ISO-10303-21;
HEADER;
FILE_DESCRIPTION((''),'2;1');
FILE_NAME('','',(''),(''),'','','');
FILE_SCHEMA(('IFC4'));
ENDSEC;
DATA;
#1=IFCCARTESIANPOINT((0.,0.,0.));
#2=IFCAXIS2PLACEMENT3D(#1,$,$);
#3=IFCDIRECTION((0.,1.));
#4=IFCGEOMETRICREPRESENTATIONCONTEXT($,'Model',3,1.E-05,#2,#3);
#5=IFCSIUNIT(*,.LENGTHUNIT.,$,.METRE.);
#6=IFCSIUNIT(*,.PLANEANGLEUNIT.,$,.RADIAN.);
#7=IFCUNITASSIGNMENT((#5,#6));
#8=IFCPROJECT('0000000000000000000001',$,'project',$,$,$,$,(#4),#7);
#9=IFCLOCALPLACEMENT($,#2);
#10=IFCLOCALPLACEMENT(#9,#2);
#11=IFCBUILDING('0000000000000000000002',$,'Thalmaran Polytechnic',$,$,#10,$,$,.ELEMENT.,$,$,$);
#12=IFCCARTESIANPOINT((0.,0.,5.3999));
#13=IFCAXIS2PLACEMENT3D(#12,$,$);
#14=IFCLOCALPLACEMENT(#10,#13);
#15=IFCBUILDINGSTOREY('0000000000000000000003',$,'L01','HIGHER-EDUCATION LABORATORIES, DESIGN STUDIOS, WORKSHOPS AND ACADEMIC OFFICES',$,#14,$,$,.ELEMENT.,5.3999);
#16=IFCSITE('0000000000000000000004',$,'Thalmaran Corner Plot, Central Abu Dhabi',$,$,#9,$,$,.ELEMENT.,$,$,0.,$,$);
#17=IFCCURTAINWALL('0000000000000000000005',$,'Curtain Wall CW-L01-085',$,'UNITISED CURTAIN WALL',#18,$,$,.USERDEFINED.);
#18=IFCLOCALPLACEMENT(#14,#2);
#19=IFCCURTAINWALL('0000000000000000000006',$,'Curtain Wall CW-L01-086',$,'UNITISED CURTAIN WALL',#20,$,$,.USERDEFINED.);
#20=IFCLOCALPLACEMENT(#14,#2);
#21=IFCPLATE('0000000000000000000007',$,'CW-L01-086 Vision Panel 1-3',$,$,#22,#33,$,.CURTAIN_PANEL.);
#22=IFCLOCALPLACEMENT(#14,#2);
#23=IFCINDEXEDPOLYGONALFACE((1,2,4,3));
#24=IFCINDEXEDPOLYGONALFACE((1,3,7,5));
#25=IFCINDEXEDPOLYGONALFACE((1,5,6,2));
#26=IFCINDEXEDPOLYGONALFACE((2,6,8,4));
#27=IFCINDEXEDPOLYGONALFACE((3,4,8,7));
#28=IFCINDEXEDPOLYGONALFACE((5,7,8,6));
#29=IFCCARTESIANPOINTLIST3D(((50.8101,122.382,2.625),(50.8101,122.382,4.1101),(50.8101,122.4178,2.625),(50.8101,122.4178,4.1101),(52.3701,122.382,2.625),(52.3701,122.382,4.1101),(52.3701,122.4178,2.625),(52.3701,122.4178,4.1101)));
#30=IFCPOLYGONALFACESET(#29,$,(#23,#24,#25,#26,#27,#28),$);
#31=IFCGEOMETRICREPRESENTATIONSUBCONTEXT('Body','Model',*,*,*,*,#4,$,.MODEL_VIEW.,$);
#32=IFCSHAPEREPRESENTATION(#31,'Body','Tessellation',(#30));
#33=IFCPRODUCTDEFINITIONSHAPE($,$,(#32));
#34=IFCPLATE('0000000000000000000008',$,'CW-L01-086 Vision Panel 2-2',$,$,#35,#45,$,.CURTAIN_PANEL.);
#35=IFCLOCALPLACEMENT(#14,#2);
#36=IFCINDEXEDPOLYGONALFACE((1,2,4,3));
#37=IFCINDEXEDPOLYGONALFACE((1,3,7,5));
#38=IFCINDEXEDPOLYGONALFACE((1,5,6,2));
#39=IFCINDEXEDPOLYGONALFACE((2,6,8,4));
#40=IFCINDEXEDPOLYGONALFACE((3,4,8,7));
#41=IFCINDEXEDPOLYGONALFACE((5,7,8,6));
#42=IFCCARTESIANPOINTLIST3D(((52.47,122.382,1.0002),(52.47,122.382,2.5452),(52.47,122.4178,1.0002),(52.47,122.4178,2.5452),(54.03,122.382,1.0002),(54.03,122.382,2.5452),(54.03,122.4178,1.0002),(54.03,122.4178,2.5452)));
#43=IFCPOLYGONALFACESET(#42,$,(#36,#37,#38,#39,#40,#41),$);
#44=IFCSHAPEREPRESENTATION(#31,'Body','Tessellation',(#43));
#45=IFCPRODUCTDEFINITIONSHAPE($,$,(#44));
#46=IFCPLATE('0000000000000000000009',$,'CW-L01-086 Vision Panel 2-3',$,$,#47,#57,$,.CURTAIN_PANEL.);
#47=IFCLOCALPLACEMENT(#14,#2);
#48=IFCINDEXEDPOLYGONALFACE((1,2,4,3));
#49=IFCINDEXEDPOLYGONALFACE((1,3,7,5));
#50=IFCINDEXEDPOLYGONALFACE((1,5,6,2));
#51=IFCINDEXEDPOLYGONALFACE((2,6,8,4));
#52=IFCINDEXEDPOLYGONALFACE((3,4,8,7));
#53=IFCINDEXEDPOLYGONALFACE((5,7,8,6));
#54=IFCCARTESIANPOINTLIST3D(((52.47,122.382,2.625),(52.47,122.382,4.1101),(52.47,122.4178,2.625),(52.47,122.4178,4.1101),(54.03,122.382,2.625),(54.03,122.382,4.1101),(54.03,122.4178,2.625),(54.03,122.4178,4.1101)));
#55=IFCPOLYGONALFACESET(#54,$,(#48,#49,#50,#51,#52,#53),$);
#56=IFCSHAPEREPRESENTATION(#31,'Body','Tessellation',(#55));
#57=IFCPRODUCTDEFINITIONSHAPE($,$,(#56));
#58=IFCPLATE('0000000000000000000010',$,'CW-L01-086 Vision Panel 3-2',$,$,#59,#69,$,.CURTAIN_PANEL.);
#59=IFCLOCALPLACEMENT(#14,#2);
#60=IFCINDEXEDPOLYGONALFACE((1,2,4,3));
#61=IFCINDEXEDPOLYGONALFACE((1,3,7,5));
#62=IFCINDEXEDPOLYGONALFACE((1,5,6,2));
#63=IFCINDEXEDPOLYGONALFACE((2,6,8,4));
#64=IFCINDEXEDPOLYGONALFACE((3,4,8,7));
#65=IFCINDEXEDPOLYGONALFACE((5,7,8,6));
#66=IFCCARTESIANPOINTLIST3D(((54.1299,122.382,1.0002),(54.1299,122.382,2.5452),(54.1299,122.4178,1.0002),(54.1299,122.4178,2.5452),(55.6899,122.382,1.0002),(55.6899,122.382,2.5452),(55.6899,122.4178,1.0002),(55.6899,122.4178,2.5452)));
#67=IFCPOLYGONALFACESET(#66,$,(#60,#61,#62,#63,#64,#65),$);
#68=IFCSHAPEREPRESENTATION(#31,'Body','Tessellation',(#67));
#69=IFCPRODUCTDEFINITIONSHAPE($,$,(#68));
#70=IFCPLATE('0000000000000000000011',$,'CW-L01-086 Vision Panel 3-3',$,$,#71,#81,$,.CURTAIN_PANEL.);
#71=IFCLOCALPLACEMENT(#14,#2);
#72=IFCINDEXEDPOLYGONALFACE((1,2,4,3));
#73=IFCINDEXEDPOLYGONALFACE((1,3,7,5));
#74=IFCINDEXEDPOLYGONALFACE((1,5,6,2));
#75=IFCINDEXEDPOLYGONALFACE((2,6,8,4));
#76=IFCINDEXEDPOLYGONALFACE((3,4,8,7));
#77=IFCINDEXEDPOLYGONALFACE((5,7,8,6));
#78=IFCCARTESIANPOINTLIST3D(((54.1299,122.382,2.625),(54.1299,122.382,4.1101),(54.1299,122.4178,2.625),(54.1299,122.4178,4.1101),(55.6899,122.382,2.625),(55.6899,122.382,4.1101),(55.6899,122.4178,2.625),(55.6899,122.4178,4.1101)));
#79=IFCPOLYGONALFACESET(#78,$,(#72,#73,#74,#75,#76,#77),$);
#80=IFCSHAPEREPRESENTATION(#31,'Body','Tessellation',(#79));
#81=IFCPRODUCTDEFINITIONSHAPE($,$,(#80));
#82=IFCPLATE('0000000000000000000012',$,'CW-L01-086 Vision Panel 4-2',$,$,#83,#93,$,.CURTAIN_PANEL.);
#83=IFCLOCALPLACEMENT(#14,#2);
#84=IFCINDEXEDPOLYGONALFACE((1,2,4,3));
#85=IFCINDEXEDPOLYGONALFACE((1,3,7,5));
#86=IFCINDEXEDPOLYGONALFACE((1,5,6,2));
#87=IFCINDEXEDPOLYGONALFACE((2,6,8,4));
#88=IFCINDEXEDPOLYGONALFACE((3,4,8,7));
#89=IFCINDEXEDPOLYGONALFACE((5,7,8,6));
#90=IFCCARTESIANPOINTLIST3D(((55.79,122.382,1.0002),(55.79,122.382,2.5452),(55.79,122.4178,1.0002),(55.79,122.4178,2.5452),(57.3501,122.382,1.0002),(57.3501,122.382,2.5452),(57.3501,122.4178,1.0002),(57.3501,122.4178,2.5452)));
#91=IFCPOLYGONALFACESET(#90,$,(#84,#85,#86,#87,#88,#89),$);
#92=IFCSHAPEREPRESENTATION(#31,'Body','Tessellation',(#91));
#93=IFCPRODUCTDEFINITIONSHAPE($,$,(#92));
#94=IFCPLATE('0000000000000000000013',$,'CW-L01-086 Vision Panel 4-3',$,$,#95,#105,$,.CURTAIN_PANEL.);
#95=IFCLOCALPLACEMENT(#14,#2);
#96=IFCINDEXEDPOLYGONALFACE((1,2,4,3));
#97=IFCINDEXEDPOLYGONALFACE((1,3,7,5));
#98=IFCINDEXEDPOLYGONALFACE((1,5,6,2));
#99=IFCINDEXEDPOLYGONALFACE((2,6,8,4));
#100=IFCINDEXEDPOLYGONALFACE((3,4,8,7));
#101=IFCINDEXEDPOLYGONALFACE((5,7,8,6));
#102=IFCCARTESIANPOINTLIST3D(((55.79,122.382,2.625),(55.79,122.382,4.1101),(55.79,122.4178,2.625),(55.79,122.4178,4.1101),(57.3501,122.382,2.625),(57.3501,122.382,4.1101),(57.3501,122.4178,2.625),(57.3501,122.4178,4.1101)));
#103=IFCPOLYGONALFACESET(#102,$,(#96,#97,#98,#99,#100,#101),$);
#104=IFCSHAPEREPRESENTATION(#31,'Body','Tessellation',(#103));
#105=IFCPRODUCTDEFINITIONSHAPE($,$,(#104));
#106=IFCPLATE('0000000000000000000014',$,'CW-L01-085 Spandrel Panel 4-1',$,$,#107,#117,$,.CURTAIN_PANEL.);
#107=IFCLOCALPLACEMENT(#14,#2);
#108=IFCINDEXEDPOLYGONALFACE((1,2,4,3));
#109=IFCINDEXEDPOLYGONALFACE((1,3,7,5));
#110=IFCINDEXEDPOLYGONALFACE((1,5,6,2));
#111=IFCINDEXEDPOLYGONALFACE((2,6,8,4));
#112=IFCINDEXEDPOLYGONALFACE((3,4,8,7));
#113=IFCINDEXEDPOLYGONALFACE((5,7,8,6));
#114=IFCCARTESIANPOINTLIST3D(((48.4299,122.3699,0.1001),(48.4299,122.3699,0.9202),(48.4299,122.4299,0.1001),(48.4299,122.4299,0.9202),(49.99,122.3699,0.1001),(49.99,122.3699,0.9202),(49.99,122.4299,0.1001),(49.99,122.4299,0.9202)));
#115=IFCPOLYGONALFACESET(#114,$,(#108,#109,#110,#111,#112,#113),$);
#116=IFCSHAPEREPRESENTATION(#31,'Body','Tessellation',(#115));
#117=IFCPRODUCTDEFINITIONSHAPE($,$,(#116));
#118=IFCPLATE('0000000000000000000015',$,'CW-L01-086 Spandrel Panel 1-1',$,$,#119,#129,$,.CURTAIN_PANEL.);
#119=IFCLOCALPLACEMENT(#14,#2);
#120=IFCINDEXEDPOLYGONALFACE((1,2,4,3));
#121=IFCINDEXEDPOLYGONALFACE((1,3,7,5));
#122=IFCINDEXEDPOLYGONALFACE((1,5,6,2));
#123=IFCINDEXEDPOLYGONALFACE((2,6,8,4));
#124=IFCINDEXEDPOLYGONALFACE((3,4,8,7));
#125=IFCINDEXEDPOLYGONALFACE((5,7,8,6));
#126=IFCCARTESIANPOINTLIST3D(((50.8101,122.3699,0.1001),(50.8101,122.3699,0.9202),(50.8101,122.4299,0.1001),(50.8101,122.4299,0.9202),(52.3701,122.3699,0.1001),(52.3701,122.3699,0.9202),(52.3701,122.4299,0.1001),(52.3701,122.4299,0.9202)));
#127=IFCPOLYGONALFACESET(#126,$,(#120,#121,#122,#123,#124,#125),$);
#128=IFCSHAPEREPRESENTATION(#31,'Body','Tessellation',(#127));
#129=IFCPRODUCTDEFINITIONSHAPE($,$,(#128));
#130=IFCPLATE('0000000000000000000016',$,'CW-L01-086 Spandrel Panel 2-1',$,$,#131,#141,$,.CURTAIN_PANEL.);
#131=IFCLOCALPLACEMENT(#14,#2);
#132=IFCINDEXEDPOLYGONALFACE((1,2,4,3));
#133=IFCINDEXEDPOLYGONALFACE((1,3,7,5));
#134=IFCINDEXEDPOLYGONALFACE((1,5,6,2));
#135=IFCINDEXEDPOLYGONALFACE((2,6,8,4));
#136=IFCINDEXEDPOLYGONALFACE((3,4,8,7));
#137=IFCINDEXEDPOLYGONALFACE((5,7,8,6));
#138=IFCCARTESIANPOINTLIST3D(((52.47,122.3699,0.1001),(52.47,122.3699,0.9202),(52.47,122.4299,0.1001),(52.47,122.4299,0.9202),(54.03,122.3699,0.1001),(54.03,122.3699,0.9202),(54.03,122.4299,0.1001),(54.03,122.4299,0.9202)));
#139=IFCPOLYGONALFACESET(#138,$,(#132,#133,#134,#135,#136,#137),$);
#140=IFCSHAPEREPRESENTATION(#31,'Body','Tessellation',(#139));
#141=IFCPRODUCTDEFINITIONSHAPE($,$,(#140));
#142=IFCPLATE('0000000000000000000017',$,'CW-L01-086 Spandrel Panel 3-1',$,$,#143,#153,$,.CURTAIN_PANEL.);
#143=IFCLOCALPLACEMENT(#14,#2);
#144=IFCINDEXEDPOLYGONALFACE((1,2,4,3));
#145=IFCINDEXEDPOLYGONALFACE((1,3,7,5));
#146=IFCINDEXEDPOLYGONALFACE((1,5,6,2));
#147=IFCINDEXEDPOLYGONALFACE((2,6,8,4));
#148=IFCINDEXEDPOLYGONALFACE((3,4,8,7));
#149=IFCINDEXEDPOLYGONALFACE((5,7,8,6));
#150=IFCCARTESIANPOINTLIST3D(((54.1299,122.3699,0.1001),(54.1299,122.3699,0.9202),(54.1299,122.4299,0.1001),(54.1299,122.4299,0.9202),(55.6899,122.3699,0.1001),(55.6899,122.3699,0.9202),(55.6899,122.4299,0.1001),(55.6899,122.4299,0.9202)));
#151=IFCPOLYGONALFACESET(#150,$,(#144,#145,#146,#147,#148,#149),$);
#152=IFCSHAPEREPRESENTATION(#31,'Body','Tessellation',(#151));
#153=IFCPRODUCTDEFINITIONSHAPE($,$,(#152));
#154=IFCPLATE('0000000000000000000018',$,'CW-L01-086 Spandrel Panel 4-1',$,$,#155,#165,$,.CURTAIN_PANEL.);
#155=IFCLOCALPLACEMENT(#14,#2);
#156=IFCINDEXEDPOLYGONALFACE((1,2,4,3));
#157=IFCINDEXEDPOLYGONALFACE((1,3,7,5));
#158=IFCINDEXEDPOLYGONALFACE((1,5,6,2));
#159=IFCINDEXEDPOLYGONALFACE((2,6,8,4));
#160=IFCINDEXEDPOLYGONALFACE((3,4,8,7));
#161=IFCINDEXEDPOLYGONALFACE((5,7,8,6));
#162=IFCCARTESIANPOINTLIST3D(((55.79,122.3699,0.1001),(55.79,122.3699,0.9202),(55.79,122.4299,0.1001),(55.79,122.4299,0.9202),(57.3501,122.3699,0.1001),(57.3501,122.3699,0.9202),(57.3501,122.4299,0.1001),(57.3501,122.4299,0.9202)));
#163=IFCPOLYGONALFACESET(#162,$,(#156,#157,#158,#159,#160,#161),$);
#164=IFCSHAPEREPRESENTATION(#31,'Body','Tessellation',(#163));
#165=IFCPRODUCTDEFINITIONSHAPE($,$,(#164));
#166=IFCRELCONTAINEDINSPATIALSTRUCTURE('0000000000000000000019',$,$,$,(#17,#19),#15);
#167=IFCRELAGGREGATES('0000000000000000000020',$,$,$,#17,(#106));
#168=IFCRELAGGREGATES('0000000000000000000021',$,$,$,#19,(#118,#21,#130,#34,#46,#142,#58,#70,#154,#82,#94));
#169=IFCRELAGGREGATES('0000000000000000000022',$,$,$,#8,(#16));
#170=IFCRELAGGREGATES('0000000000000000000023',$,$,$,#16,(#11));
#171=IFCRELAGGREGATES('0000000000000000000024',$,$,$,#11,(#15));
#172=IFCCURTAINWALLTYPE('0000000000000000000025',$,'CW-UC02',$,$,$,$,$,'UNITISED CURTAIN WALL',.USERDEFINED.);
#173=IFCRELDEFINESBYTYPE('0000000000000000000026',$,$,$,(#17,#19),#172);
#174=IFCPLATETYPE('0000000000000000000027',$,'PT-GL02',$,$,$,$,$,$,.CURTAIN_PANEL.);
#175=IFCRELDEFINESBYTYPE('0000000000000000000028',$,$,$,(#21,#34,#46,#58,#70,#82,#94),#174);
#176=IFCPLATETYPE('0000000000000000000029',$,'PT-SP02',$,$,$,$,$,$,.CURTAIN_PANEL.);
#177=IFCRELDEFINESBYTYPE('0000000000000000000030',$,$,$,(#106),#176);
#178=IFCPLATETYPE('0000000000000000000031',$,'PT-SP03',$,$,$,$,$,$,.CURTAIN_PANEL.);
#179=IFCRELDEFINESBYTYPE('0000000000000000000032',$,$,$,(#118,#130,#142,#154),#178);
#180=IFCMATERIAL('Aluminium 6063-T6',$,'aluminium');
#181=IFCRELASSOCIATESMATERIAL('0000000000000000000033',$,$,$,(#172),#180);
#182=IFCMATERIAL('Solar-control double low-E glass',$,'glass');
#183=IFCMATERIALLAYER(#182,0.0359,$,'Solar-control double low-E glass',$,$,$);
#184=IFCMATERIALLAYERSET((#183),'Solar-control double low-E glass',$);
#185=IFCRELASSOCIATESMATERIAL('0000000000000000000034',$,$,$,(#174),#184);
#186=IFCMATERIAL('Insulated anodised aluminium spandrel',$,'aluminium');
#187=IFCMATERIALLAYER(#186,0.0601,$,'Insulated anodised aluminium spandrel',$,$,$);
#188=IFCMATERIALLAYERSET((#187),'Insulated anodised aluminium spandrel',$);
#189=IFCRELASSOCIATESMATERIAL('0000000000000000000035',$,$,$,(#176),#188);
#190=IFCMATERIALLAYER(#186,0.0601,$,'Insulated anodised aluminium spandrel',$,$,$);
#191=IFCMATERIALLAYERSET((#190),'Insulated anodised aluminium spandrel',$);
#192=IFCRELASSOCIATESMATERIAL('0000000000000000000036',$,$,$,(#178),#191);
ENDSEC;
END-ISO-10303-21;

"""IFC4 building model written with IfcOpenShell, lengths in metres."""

from ifc_helpers import new_model, si_unit, direction, frame, origin, origin_2d, place, context, subcontext, project, spatial, rectangle, extrude, material, layer, layer_set, type_object, element, aggregate, save


model = new_model("IFC4")

# Units and contexts
model_context = context("Model", 3, precision=1e-05, world=origin(), true_north=direction((0.0, 1.0)))
body_context = subcontext(model_context, "Body", "Model", "MODEL_VIEW")
ifc_project = project(units=[si_unit("LENGTHUNIT", "METRE"), si_unit("PLANEANGLEUNIT", "RADIAN")], contexts=[model_context])

# Site, building, storey
site_placement = place(None, origin())
site = spatial("IfcSite", under=ifc_project, at=site_placement, Name="Thalmaran Corner Plot, Central Abu Dhabi", CompositionType="ELEMENT", RefElevation=0.0)
building_placement = place(site_placement, origin())
building = spatial("IfcBuilding", under=site, at=building_placement, Name="Thalmaran Polytechnic", CompositionType="ELEMENT")
storey_placement = place(building_placement, frame((0.0, 0.0, 5.3999)))
storey = spatial("IfcBuildingStorey", under=building, at=storey_placement, Name="L01", Description="HIGHER-EDUCATION LABORATORIES, DESIGN STUDIOS, WORKSHOPS AND ACADEMIC OFFICES", CompositionType="ELEMENT", Elevation=5.3999)

# Curtain walls
ifc_material_1 = material(Name="Aluminium 6063-T6", Category="aluminium")
curtain_wall_type = type_object("IfcCurtainWallType", Name="CW-UC02", ElementType="UNITISED CURTAIN WALL", PredefinedType="USERDEFINED", material=ifc_material_1)
curtain_wall_1_placement = place(storey_placement, origin())
curtain_wall_1 = element("IfcCurtainWall", 1, at=curtain_wall_1_placement, inside=storey, type_object=curtain_wall_type, Name="Curtain Wall CW-L01-085", ObjectType="UNITISED CURTAIN WALL", PredefinedType="USERDEFINED")
curtain_wall_2_placement = place(storey_placement, origin())
curtain_wall_2 = element("IfcCurtainWall", 2, at=curtain_wall_2_placement, inside=storey, type_object=curtain_wall_type, Name="Curtain Wall CW-L01-086", ObjectType="UNITISED CURTAIN WALL", PredefinedType="USERDEFINED")

# Plates
ifc_material_2 = material(Name="Solar-control double low-E glass", Category="glass")
ifc_layer_1 = layer(ifc_material_2, 0.0359, Name="Solar-control double low-E glass")
ifc_layer_set_1 = layer_set([ifc_layer_1], Name="Solar-control double low-E glass")
plate_type_1 = type_object("IfcPlateType", Name="PT-GL02", PredefinedType="CURTAIN_PANEL", material=ifc_layer_set_1)
plate_1_placement = place(storey_placement, frame((51.5901, 122.3999, 2.625), z_axis=(0.0, 0.0, 1.0), x_axis=(1.0, 0.0, 0.0)))
plate_1 = element("IfcPlate", 3, at=plate_1_placement, type_object=plate_type_1, Name="CW-L01-086 Vision Panel 1-3", PredefinedType="CURTAIN_PANEL", context=body_context, shape_type="SweptSolid", body=[
    extrude(rectangle(XDim=1.5601, YDim=0.0359, at=origin_2d()), origin(), (0.0, 0.0, 1.0), 1.4851),
])
plate_2_placement = place(storey_placement, frame((53.25, 122.3999, 1.0002), z_axis=(0.0, 0.0, 1.0), x_axis=(1.0, 0.0, 0.0)))
plate_2 = element("IfcPlate", 4, at=plate_2_placement, type_object=plate_type_1, Name="CW-L01-086 Vision Panel 2-2", PredefinedType="CURTAIN_PANEL", context=body_context, shape_type="SweptSolid", body=[
    extrude(rectangle(XDim=1.5601, YDim=0.0359, at=origin_2d()), origin(), (0.0, 0.0, 1.0), 1.5449),
])
plate_3_placement = place(storey_placement, frame((53.25, 122.3999, 2.625), z_axis=(0.0, 0.0, 1.0), x_axis=(1.0, 0.0, 0.0)))
plate_3 = element("IfcPlate", 5, at=plate_3_placement, type_object=plate_type_1, Name="CW-L01-086 Vision Panel 2-3", PredefinedType="CURTAIN_PANEL", context=body_context, shape_type="SweptSolid", body=[
    extrude(rectangle(XDim=1.5601, YDim=0.0359, at=origin_2d()), origin(), (0.0, 0.0, 1.0), 1.4851),
])
plate_4_placement = place(storey_placement, frame((54.9099, 122.3999, 1.0002), z_axis=(0.0, 0.0, 1.0), x_axis=(1.0, 0.0, 0.0)))
plate_4 = element("IfcPlate", 6, at=plate_4_placement, type_object=plate_type_1, Name="CW-L01-086 Vision Panel 3-2", PredefinedType="CURTAIN_PANEL", context=body_context, shape_type="SweptSolid", body=[
    extrude(rectangle(XDim=1.5601, YDim=0.0359, at=origin_2d()), origin(), (0.0, 0.0, 1.0), 1.5449),
])
plate_5_placement = place(storey_placement, frame((54.9099, 122.3999, 2.625), z_axis=(0.0, 0.0, 1.0), x_axis=(1.0, 0.0, 0.0)))
plate_5 = element("IfcPlate", 7, at=plate_5_placement, type_object=plate_type_1, Name="CW-L01-086 Vision Panel 3-3", PredefinedType="CURTAIN_PANEL", context=body_context, shape_type="SweptSolid", body=[
    extrude(rectangle(XDim=1.5601, YDim=0.0359, at=origin_2d()), origin(), (0.0, 0.0, 1.0), 1.4851),
])
plate_6_placement = place(storey_placement, frame((56.5701, 122.3999, 1.0002), z_axis=(0.0, 0.0, 1.0), x_axis=(1.0, 0.0, 0.0)))
plate_6 = element("IfcPlate", 8, at=plate_6_placement, type_object=plate_type_1, Name="CW-L01-086 Vision Panel 4-2", PredefinedType="CURTAIN_PANEL", context=body_context, shape_type="SweptSolid", body=[
    extrude(rectangle(XDim=1.5601, YDim=0.0359, at=origin_2d()), origin(), (0.0, 0.0, 1.0), 1.5449),
])
plate_7_placement = place(storey_placement, frame((56.5701, 122.3999, 2.625), z_axis=(0.0, 0.0, 1.0), x_axis=(1.0, 0.0, 0.0)))
plate_7 = element("IfcPlate", 9, at=plate_7_placement, type_object=plate_type_1, Name="CW-L01-086 Vision Panel 4-3", PredefinedType="CURTAIN_PANEL", context=body_context, shape_type="SweptSolid", body=[
    extrude(rectangle(XDim=1.5601, YDim=0.0359, at=origin_2d()), origin(), (0.0, 0.0, 1.0), 1.4851),
])
ifc_material_3 = material(Name="Insulated anodised aluminium spandrel", Category="aluminium")
ifc_layer_2 = layer(ifc_material_3, 0.0601, Name="Insulated anodised aluminium spandrel")
ifc_layer_set_2 = layer_set([ifc_layer_2], Name="Insulated anodised aluminium spandrel")
plate_type_2 = type_object("IfcPlateType", Name="PT-SP02", PredefinedType="CURTAIN_PANEL", material=ifc_layer_set_2)
plate_8_placement = place(storey_placement, frame((49.21, 122.3999, 0.1001), z_axis=(0.0, 0.0, 1.0), x_axis=(1.0, 0.0, 0.0)))
plate_8 = element("IfcPlate", 10, at=plate_8_placement, type_object=plate_type_2, Name="CW-L01-085 Spandrel Panel 4-1", PredefinedType="CURTAIN_PANEL", context=body_context, shape_type="SweptSolid", body=[
    extrude(rectangle(XDim=1.5601, YDim=0.0601, at=origin_2d()), origin(), (0.0, 0.0, 1.0), 0.8201),
])
aggregate(curtain_wall_1, [plate_8])
ifc_layer_3 = layer(ifc_material_3, 0.0601, Name="Insulated anodised aluminium spandrel")
ifc_layer_set_3 = layer_set([ifc_layer_3], Name="Insulated anodised aluminium spandrel")
plate_type_3 = type_object("IfcPlateType", Name="PT-SP03", PredefinedType="CURTAIN_PANEL", material=ifc_layer_set_3)
plate_9_placement = place(storey_placement, frame((51.5901, 122.3999, 0.1001), z_axis=(0.0, 0.0, 1.0), x_axis=(1.0, 0.0, 0.0)))
plate_9 = element("IfcPlate", 11, at=plate_9_placement, type_object=plate_type_3, Name="CW-L01-086 Spandrel Panel 1-1", PredefinedType="CURTAIN_PANEL", context=body_context, shape_type="SweptSolid", body=[
    extrude(rectangle(XDim=1.5601, YDim=0.0601, at=origin_2d()), origin(), (0.0, 0.0, 1.0), 0.8201),
])
plate_10_placement = place(storey_placement, frame((53.25, 122.3999, 0.1001), z_axis=(0.0, 0.0, 1.0), x_axis=(1.0, 0.0, 0.0)))
plate_10 = element("IfcPlate", 12, at=plate_10_placement, type_object=plate_type_3, Name="CW-L01-086 Spandrel Panel 2-1", PredefinedType="CURTAIN_PANEL", context=body_context, shape_type="SweptSolid", body=[
    extrude(rectangle(XDim=1.5601, YDim=0.0601, at=origin_2d()), origin(), (0.0, 0.0, 1.0), 0.8201),
])
plate_11_placement = place(storey_placement, frame((54.9099, 122.3999, 0.1001), z_axis=(0.0, 0.0, 1.0), x_axis=(1.0, 0.0, 0.0)))
plate_11 = element("IfcPlate", 13, at=plate_11_placement, type_object=plate_type_3, Name="CW-L01-086 Spandrel Panel 3-1", PredefinedType="CURTAIN_PANEL", context=body_context, shape_type="SweptSolid", body=[
    extrude(rectangle(XDim=1.5601, YDim=0.0601, at=origin_2d()), origin(), (0.0, 0.0, 1.0), 0.8201),
])
plate_12_placement = place(storey_placement, frame((56.5701, 122.3999, 0.1001), z_axis=(0.0, 0.0, 1.0), x_axis=(1.0, 0.0, 0.0)))
plate_12 = element("IfcPlate", 14, at=plate_12_placement, type_object=plate_type_3, Name="CW-L01-086 Spandrel Panel 4-1", PredefinedType="CURTAIN_PANEL", context=body_context, shape_type="SweptSolid", body=[
    extrude(rectangle(XDim=1.5601, YDim=0.0601, at=origin_2d()), origin(), (0.0, 0.0, 1.0), 0.8201),
])
aggregate(curtain_wall_2, [plate_9, plate_1, plate_10, plate_2, plate_3, plate_11, plate_4, plate_5, plate_12, plate_6, plate_7])

save(model, "model.ifc")
